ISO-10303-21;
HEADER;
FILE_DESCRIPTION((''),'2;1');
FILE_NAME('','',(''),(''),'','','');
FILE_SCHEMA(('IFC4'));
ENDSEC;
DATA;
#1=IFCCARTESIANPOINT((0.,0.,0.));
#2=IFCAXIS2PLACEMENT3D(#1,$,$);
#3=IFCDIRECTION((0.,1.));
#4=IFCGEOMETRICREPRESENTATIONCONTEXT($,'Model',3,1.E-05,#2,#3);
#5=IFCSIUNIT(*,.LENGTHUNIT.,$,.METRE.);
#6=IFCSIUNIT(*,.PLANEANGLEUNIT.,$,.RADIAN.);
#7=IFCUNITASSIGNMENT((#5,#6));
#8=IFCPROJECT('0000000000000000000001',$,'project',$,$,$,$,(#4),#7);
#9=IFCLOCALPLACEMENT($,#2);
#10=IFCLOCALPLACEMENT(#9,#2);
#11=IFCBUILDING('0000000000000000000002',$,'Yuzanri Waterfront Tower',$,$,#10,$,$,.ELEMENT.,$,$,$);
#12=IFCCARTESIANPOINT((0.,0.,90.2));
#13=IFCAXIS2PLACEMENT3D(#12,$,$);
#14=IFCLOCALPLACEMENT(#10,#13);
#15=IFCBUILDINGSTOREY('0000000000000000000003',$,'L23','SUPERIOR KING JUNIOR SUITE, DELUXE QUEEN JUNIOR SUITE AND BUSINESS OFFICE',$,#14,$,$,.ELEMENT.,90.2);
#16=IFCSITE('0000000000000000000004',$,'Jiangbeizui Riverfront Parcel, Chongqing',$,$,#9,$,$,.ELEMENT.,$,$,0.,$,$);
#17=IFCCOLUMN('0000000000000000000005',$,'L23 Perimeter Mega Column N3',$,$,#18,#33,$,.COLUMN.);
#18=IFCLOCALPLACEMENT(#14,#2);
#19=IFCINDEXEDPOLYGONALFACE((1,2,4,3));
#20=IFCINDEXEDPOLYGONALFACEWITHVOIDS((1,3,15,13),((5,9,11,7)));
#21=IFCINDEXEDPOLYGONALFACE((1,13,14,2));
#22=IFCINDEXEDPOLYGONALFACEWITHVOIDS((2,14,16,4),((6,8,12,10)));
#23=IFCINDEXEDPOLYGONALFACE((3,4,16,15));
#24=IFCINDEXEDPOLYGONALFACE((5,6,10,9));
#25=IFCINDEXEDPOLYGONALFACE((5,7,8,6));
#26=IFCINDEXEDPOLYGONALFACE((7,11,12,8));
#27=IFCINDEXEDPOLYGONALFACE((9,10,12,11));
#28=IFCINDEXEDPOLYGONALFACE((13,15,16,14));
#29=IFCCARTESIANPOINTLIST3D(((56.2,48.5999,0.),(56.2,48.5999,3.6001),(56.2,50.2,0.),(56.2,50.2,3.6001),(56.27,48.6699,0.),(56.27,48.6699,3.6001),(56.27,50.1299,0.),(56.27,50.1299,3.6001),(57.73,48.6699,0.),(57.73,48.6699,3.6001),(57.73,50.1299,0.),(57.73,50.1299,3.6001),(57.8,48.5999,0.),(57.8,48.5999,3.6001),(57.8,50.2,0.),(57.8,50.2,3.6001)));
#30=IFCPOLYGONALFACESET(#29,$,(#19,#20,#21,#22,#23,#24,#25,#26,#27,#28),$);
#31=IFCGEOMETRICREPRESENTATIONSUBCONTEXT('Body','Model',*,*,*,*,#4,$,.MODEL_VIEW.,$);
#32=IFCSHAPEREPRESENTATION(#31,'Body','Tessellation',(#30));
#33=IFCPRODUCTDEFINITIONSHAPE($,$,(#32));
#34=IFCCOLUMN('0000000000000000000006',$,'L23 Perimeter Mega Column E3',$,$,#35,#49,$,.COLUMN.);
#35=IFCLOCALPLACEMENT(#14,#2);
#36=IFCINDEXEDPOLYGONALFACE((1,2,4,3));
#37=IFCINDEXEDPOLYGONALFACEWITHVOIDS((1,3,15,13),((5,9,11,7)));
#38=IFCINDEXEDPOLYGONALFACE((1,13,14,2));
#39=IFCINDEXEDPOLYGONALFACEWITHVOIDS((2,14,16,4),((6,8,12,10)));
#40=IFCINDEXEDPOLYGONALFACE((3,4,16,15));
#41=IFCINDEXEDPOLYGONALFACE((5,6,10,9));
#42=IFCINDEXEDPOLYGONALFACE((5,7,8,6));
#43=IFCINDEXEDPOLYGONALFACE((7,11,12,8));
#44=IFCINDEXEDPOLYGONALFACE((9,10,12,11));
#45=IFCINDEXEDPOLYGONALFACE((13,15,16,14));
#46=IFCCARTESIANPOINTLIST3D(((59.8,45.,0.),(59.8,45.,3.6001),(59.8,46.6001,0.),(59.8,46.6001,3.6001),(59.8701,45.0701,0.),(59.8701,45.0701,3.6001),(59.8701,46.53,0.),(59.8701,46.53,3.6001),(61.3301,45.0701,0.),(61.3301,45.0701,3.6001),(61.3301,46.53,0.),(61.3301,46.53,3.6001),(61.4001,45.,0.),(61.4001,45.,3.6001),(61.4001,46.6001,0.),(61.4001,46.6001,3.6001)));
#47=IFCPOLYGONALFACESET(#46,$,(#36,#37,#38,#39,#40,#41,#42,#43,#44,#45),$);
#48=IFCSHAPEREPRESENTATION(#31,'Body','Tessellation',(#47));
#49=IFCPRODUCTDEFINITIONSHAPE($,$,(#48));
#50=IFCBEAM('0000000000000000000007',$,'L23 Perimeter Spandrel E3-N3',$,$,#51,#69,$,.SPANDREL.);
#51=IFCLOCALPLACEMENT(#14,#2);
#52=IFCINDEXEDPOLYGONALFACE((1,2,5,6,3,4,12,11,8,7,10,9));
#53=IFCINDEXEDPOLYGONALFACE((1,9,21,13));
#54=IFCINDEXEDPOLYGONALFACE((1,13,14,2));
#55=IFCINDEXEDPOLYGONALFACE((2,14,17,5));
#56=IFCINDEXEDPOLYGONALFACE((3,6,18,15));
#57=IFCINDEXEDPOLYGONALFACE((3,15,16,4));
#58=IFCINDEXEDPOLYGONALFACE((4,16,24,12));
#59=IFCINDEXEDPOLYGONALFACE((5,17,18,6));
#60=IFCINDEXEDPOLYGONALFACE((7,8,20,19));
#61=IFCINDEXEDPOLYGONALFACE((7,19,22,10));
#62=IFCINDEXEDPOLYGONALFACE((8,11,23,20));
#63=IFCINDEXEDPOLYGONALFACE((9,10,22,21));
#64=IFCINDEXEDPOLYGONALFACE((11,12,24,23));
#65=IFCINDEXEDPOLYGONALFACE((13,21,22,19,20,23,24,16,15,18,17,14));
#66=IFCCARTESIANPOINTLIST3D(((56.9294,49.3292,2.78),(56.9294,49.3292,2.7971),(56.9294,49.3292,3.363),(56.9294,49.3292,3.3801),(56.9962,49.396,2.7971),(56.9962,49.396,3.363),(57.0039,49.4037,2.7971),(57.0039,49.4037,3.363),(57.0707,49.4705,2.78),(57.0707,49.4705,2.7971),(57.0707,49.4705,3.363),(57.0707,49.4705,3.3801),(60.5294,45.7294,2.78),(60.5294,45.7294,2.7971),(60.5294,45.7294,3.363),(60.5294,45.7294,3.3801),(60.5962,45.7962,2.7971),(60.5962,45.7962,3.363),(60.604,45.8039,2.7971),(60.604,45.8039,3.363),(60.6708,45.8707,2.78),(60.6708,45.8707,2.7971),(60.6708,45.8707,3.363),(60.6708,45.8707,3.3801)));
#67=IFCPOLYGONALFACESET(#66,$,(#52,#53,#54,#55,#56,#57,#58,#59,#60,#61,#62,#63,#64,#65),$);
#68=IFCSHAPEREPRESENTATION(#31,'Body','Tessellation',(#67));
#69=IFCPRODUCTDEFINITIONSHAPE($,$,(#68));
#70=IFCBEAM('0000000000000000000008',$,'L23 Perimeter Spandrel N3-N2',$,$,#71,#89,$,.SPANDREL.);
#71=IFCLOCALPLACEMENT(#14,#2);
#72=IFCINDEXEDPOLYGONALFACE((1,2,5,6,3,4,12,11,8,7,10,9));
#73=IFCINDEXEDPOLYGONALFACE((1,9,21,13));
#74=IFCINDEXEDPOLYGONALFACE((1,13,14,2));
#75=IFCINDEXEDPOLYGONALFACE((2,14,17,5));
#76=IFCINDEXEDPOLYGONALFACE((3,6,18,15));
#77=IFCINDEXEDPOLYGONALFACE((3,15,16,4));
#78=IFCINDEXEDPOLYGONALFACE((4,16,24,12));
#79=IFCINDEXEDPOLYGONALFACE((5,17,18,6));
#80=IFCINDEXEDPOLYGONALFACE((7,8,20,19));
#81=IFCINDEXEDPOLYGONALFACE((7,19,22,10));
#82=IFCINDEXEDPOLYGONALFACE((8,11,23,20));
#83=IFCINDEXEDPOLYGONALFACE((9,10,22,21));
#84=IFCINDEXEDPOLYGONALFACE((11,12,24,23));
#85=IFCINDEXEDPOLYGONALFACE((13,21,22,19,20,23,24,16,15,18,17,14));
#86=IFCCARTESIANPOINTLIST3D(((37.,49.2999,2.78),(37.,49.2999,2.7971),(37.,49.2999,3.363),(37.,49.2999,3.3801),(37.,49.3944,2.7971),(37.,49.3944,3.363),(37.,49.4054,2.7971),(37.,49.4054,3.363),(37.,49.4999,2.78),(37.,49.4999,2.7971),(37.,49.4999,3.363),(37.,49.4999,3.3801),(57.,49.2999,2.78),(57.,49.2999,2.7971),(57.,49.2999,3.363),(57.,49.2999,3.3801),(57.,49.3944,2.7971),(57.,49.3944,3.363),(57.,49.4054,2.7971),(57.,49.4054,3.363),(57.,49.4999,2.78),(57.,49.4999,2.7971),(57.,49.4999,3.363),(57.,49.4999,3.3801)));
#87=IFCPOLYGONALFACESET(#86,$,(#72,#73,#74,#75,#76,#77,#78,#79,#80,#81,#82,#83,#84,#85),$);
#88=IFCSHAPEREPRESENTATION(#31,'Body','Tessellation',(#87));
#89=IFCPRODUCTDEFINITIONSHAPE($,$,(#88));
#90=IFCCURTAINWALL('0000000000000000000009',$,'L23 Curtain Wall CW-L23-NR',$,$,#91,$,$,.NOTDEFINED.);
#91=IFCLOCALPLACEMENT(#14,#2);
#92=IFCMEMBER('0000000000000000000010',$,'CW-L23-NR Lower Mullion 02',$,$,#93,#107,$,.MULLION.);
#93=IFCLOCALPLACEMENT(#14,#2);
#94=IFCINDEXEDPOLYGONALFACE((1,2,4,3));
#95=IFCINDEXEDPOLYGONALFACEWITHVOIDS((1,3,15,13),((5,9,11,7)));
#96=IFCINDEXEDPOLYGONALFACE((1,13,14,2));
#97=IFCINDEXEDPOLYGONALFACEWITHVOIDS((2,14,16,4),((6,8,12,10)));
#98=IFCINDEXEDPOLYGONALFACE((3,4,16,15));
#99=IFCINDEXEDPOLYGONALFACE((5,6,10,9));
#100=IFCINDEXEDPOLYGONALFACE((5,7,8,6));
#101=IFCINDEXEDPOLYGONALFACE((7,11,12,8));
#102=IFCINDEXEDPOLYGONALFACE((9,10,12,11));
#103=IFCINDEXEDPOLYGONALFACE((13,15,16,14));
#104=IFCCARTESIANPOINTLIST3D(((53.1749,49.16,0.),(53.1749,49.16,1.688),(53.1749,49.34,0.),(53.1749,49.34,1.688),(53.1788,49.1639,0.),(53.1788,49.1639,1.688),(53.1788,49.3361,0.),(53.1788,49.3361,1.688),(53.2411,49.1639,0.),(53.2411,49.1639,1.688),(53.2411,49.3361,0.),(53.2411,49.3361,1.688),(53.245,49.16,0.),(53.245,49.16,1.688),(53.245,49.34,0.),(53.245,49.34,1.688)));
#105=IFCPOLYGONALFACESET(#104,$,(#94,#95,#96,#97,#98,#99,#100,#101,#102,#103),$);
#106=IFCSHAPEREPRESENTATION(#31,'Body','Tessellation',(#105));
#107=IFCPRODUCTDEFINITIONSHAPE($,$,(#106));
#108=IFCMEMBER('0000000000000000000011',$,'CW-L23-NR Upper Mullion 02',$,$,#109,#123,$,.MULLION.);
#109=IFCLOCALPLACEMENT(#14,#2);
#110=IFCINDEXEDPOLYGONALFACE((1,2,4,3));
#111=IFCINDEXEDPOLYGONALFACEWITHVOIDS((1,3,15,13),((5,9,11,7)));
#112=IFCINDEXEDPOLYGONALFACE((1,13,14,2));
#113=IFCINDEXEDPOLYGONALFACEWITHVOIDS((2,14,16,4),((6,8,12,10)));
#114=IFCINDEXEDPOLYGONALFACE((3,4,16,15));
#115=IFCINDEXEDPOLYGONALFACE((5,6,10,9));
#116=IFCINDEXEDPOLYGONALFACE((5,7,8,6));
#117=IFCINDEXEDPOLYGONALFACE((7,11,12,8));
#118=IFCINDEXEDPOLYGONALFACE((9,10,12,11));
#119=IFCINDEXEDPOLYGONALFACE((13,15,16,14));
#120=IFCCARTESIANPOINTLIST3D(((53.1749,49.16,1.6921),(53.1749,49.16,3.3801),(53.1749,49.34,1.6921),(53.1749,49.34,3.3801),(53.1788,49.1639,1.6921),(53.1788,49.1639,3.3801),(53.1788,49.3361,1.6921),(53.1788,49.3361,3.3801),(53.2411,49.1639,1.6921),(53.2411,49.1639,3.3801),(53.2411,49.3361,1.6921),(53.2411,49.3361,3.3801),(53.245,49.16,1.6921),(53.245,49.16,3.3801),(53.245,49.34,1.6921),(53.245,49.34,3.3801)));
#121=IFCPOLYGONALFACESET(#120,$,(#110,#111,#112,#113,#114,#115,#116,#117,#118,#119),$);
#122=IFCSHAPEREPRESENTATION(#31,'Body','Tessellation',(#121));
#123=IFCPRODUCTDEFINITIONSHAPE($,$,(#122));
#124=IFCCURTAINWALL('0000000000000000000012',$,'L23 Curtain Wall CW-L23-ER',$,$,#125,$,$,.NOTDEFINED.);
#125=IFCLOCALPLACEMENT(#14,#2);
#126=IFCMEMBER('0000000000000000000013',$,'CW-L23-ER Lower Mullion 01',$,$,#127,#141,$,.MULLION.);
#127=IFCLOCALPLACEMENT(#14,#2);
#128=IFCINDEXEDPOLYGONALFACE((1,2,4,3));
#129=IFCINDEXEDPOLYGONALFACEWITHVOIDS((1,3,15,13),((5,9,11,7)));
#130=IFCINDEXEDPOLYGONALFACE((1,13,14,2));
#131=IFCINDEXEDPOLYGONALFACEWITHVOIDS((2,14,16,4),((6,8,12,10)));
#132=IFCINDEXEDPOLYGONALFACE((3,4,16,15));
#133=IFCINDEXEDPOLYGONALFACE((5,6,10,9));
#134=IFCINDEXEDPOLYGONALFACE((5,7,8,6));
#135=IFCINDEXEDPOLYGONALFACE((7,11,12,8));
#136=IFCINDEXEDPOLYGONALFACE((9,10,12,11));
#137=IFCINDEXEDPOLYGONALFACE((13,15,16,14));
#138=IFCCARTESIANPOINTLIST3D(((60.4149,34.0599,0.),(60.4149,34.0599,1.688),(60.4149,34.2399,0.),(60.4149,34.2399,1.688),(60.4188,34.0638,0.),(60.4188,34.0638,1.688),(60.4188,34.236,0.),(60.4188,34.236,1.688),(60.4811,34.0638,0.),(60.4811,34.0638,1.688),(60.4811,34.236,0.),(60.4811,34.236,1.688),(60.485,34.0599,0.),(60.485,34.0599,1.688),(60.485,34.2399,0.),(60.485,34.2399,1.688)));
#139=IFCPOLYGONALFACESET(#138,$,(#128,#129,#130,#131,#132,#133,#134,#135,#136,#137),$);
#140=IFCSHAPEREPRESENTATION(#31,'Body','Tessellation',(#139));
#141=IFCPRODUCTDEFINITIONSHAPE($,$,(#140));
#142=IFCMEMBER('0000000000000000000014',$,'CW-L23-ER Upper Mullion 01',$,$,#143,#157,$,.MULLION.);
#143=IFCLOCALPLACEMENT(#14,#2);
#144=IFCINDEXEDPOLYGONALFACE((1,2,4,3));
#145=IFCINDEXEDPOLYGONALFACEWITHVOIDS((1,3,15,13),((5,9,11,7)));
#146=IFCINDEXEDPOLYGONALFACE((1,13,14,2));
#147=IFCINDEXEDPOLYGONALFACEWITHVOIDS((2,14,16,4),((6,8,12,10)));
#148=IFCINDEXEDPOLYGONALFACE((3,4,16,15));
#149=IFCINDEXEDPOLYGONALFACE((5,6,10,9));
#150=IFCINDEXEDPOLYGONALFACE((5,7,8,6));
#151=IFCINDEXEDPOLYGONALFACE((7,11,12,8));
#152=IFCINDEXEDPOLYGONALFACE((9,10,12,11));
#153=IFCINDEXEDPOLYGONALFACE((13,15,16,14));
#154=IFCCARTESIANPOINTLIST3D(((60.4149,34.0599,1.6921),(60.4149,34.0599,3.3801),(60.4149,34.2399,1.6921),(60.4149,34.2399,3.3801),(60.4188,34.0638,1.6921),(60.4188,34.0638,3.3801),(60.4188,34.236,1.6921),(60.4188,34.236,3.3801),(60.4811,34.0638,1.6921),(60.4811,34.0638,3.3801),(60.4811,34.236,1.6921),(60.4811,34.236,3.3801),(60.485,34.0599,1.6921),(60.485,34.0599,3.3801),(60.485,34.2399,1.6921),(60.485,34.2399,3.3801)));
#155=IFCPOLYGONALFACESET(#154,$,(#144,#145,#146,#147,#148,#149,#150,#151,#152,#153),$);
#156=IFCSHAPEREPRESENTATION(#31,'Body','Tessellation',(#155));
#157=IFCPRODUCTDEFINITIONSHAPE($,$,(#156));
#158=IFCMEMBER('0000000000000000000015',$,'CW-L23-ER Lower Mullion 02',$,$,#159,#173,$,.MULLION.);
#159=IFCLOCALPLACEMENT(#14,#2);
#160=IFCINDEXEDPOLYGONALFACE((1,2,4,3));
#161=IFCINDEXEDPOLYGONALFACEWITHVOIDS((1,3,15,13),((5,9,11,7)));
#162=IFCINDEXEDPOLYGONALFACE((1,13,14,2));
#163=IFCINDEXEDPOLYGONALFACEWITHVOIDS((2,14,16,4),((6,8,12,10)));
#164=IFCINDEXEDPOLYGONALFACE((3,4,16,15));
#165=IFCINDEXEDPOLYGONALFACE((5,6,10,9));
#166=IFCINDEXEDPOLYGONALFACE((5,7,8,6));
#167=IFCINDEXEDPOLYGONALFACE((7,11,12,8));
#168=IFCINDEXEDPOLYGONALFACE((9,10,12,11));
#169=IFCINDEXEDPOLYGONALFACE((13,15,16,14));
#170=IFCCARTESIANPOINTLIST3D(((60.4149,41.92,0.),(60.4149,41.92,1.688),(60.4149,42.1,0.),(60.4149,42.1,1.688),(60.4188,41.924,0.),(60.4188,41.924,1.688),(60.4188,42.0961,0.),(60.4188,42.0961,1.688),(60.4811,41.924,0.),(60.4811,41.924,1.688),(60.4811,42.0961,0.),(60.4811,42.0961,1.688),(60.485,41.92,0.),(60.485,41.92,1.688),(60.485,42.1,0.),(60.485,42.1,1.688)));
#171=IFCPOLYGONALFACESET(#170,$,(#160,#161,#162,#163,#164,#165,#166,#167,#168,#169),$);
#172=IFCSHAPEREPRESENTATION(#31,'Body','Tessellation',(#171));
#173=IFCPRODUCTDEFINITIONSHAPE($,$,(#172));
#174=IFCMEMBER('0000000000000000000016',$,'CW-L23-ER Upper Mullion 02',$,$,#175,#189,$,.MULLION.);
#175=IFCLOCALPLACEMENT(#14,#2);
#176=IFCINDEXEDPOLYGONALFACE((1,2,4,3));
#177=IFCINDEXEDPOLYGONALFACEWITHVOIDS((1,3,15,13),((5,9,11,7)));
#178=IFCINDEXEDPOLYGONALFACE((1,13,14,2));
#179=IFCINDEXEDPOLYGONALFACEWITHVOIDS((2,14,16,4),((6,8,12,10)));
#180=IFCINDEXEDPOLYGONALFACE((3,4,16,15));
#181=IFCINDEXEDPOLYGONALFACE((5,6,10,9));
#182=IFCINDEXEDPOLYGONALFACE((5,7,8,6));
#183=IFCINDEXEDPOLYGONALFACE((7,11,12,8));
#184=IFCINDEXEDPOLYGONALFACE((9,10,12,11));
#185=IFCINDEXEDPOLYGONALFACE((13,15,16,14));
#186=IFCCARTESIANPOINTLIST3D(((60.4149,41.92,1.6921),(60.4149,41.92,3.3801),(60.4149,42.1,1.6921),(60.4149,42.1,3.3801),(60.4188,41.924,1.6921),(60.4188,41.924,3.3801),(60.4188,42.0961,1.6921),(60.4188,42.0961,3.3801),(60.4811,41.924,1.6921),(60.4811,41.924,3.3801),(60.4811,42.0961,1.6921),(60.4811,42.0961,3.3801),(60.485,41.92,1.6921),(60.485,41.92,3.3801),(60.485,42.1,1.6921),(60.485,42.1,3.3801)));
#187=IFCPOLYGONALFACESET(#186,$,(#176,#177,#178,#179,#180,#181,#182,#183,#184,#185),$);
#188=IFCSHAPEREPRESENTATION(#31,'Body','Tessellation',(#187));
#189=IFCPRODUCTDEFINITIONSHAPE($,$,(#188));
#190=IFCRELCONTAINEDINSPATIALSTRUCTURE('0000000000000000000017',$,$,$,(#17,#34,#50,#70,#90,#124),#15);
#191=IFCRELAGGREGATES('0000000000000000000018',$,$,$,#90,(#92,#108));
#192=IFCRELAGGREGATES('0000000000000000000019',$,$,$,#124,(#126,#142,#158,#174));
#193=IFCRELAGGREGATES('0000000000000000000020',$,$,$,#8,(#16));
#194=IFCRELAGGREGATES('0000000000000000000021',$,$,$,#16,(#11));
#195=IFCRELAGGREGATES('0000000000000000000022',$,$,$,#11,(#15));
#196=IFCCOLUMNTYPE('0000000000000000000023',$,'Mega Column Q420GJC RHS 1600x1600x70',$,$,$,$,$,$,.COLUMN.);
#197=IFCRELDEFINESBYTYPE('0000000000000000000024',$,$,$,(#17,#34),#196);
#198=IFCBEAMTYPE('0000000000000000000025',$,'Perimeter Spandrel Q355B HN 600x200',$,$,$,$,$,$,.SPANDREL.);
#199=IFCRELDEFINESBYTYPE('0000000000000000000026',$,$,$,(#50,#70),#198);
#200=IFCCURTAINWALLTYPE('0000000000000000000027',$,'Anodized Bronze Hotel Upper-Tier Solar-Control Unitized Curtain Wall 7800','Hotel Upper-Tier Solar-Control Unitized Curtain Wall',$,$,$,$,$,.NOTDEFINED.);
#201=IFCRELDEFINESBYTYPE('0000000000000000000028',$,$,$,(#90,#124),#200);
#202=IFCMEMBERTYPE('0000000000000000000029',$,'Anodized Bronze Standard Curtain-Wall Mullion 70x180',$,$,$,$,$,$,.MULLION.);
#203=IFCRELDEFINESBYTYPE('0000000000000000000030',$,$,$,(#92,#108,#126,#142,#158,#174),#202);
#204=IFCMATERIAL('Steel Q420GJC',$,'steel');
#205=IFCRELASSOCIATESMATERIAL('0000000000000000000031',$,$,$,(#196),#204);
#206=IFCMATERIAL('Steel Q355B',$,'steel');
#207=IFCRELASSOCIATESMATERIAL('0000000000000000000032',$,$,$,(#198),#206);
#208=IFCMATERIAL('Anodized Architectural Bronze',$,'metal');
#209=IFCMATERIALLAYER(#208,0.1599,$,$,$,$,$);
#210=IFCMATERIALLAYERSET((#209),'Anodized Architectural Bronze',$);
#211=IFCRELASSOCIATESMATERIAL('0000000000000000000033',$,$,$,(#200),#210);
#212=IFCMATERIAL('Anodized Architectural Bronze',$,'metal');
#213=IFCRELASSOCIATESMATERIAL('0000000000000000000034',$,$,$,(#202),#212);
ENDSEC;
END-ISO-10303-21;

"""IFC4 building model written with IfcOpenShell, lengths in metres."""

from ifc_helpers import new_model, si_unit, direction, frame, origin, origin_2d, place, context, subcontext, project, spatial, hollow_rectangle, i_section, extrude, source, transform, mapped, material, layer, layer_set, material_profile, profile_set, type_object, element, aggregate, save


model = new_model("IFC4")

# Units and contexts
model_context = context("Model", 3, precision=1e-05, world=origin(), true_north=direction((0.0, 1.0)))
body_context = subcontext(model_context, "Body", "Model", "MODEL_VIEW")
ifc_project = project(units=[si_unit("LENGTHUNIT", "METRE"), si_unit("PLANEANGLEUNIT", "RADIAN")], contexts=[model_context])

# Site, building, storey
site_placement = place(None, origin())
site = spatial("IfcSite", under=ifc_project, at=site_placement, Name="Jiangbeizui Riverfront Parcel, Chongqing", CompositionType="ELEMENT", RefElevation=0.0)
building_placement = place(site_placement, origin())
building = spatial("IfcBuilding", under=site, at=building_placement, Name="Yuzanri Waterfront Tower", CompositionType="ELEMENT")
storey_placement = place(building_placement, frame((0.0, 0.0, 90.2)))
storey = spatial("IfcBuildingStorey", under=building, at=storey_placement, Name="L23", Description="SUPERIOR KING JUNIOR SUITE, DELUXE QUEEN JUNIOR SUITE AND BUSINESS OFFICE", CompositionType="ELEMENT", Elevation=90.2)

# Columns
ifc_material_1 = material(Name="Steel Q420GJC", Category="steel")
ifc_material_profile_1 = material_profile(ifc_material_1, hollow_rectangle(XDim=1.6001, YDim=1.6001, WallThickness=0.0701, at=origin_2d()), Name="RHS 1600x1600x70")
ifc_profile_set_1 = profile_set([ifc_material_profile_1], Name="Steel Q420GJC")
column_type = type_object("IfcColumnType", Name="Mega Column Q420GJC RHS 1600x1600x70", PredefinedType="COLUMN", material=ifc_profile_set_1)
shared_shape_1 = source(origin(), body_context, "Body", "SweptSolid", [
    extrude(hollow_rectangle(XDim=1.6001, YDim=1.6001, WallThickness=0.0701, at=origin_2d()), origin(), (0.0, 0.0, 1.0), 3.6001),
])
for number, where, z_axis, x_axis, name in (
    (1, (57.0, 49.3999, 0.0), (0.0, 0.0, 1.0), (1.0, 0.0, 0.0), "L23 Perimeter Mega Column N3"),
    (2, (60.6001, 45.8, 0.0), (0.0, 0.0, 1.0), (1.0, 0.0, 0.0), "L23 Perimeter Mega Column E3"),
):
    element("IfcColumn", number, at=place(storey_placement, frame(where, z_axis=z_axis, x_axis=x_axis)), inside=storey, type_object=column_type, Name=name, PredefinedType="COLUMN", context=body_context, shape_type="MappedRepresentation", body=[
        mapped(shared_shape_1, transform((0.0, 0.0, 0.0), scale=1.0)),
    ])

# Beams
ifc_material_2 = material(Name="Steel Q355B", Category="steel")
ifc_material_profile_2 = material_profile(ifc_material_2, i_section(OverallWidth=0.2, OverallDepth=0.6001, WebThickness=0.011, FlangeThickness=0.0171, at=origin_2d()), Name="HN 600x200x11x17")
ifc_profile_set_2 = profile_set([ifc_material_profile_2], Name="Steel Q355B")
beam_type = type_object("IfcBeamType", Name="Perimeter Spandrel Q355B HN 600x200", PredefinedType="SPANDREL", material=ifc_profile_set_2)
shared_shape_2 = source(origin(), body_context, "Body", "SweptSolid", [
    extrude(i_section(OverallWidth=0.2, OverallDepth=0.6001, WebThickness=0.011, FlangeThickness=0.0171, at=origin_2d()), origin(), (0.0, 0.0, 1.0), 5.0911),
])
beam_1_placement = place(storey_placement, frame((60.6001, 45.8, 3.0801), z_axis=(-0.707131, 0.707083, 0.0), x_axis=(-0.707083, -0.707131, 0.0)))
element("IfcBeam", 3, at=beam_1_placement, inside=storey, type_object=beam_type, Name="L23 Perimeter Spandrel E3-N3", PredefinedType="SPANDREL", context=body_context, shape_type="MappedRepresentation", body=[
    mapped(shared_shape_2, transform((0.0, 0.0, 0.0), scale=1.0)),
])
shared_shape_3 = source(origin(), body_context, "Body", "SweptSolid", [
    extrude(i_section(OverallWidth=0.2, OverallDepth=0.6001, WebThickness=0.011, FlangeThickness=0.0171, at=origin_2d()), origin(), (0.0, 0.0, 1.0), 20.0),
])
beam_2_placement = place(storey_placement, frame((57.0, 49.3999, 3.0801), z_axis=(-1.0, 0.0, 0.0), x_axis=(0.0, -1.0, 0.0)))
element("IfcBeam", 4, at=beam_2_placement, inside=storey, type_object=beam_type, Name="L23 Perimeter Spandrel N3-N2", PredefinedType="SPANDREL", context=body_context, shape_type="MappedRepresentation", body=[
    mapped(shared_shape_3, transform((0.0, 0.0, 0.0), scale=1.0)),
])

# Curtain walls, members
ifc_material_3 = material(Name="Anodized Architectural Bronze", Category="metal")
ifc_layer_1 = layer(ifc_material_3, 0.1599)
ifc_layer_set_1 = layer_set([ifc_layer_1], Name="Anodized Architectural Bronze")
curtain_wall_type = type_object("IfcCurtainWallType", Name="Anodized Bronze Hotel Upper-Tier Solar-Control Unitized Curtain Wall 7800", Description="Hotel Upper-Tier Solar-Control Unitized Curtain Wall", PredefinedType="NOTDEFINED", material=ifc_layer_set_1)
curtain_wall_1_placement = place(storey_placement, origin())
curtain_wall_1 = element("IfcCurtainWall", 5, at=curtain_wall_1_placement, inside=storey, type_object=curtain_wall_type, Name="L23 Curtain Wall CW-L23-NR", PredefinedType="NOTDEFINED")
ifc_material_4 = material(Name="Anodized Architectural Bronze", Category="metal")
ifc_material_profile_3 = material_profile(ifc_material_4, hollow_rectangle(XDim=0.0701, YDim=0.1799, WallThickness=0.0039, at=origin_2d()), Name="CWM 70x180")
ifc_profile_set_3 = profile_set([ifc_material_profile_3], Name="Anodized Architectural Bronze")
member_type = type_object("IfcMemberType", Name="Anodized Bronze Standard Curtain-Wall Mullion 70x180", PredefinedType="MULLION", material=ifc_profile_set_3)
shared_shape_4 = source(origin(), body_context, "Body", "SweptSolid", [
    extrude(hollow_rectangle(XDim=0.0701, YDim=0.1799, WallThickness=0.0039, at=origin_2d()), origin(), (0.0, 0.0, 1.0), 1.688),
])
member_1_placement = place(storey_placement, frame((53.21, 49.25, 0.0), z_axis=(0.0, 0.0, 1.0), x_axis=(1.0, 0.0, 0.0)))
member_1 = element("IfcMember", 6, at=member_1_placement, type_object=member_type, Name="CW-L23-NR Lower Mullion 02", PredefinedType="MULLION", context=body_context, shape_type="MappedRepresentation", body=[
    mapped(shared_shape_4, transform((0.0, 0.0, 0.0), scale=1.0)),
])
member_2_placement = place(storey_placement, frame((53.21, 49.25, 1.6921), z_axis=(0.0, 0.0, 1.0), x_axis=(1.0, 0.0, 0.0)))
member_2 = element("IfcMember", 7, at=member_2_placement, type_object=member_type, Name="CW-L23-NR Upper Mullion 02", PredefinedType="MULLION", context=body_context, shape_type="MappedRepresentation", body=[
    mapped(shared_shape_4, transform((0.0, 0.0, 0.0), scale=1.0)),
])
aggregate(curtain_wall_1, [member_1, member_2])
curtain_wall_2_placement = place(storey_placement, origin())
curtain_wall_2 = element("IfcCurtainWall", 8, at=curtain_wall_2_placement, inside=storey, type_object=curtain_wall_type, Name="L23 Curtain Wall CW-L23-ER", PredefinedType="NOTDEFINED")
member_3_placement = place(storey_placement, frame((60.45, 34.1499, 0.0), z_axis=(0.0, 0.0, 1.0), x_axis=(1.0, 0.0, 0.0)))
member_3 = element("IfcMember", 9, at=member_3_placement, type_object=member_type, Name="CW-L23-ER Lower Mullion 01", PredefinedType="MULLION", context=body_context, shape_type="MappedRepresentation", body=[
    mapped(shared_shape_4, transform((0.0, 0.0, 0.0), scale=1.0)),
])
member_4_placement = place(storey_placement, frame((60.45, 34.1499, 1.6921), z_axis=(0.0, 0.0, 1.0), x_axis=(1.0, 0.0, 0.0)))
member_4 = element("IfcMember", 10, at=member_4_placement, type_object=member_type, Name="CW-L23-ER Upper Mullion 01", PredefinedType="MULLION", context=body_context, shape_type="MappedRepresentation", body=[
    mapped(shared_shape_4, transform((0.0, 0.0, 0.0), scale=1.0)),
])
member_5_placement = place(storey_placement, frame((60.45, 42.01, 0.0), z_axis=(0.0, 0.0, 1.0), x_axis=(1.0, 0.0, 0.0)))
member_5 = element("IfcMember", 11, at=member_5_placement, type_object=member_type, Name="CW-L23-ER Lower Mullion 02", PredefinedType="MULLION", context=body_context, shape_type="MappedRepresentation", body=[
    mapped(shared_shape_4, transform((0.0, 0.0, 0.0), scale=1.0)),
])
member_6_placement = place(storey_placement, frame((60.45, 42.01, 1.6921), z_axis=(0.0, 0.0, 1.0), x_axis=(1.0, 0.0, 0.0)))
member_6 = element("IfcMember", 12, at=member_6_placement, type_object=member_type, Name="CW-L23-ER Upper Mullion 02", PredefinedType="MULLION", context=body_context, shape_type="MappedRepresentation", body=[
    mapped(shared_shape_4, transform((0.0, 0.0, 0.0), scale=1.0)),
])

aggregate(curtain_wall_2, [member_3, member_4, member_5, member_6])

save(model, "model.ifc")
